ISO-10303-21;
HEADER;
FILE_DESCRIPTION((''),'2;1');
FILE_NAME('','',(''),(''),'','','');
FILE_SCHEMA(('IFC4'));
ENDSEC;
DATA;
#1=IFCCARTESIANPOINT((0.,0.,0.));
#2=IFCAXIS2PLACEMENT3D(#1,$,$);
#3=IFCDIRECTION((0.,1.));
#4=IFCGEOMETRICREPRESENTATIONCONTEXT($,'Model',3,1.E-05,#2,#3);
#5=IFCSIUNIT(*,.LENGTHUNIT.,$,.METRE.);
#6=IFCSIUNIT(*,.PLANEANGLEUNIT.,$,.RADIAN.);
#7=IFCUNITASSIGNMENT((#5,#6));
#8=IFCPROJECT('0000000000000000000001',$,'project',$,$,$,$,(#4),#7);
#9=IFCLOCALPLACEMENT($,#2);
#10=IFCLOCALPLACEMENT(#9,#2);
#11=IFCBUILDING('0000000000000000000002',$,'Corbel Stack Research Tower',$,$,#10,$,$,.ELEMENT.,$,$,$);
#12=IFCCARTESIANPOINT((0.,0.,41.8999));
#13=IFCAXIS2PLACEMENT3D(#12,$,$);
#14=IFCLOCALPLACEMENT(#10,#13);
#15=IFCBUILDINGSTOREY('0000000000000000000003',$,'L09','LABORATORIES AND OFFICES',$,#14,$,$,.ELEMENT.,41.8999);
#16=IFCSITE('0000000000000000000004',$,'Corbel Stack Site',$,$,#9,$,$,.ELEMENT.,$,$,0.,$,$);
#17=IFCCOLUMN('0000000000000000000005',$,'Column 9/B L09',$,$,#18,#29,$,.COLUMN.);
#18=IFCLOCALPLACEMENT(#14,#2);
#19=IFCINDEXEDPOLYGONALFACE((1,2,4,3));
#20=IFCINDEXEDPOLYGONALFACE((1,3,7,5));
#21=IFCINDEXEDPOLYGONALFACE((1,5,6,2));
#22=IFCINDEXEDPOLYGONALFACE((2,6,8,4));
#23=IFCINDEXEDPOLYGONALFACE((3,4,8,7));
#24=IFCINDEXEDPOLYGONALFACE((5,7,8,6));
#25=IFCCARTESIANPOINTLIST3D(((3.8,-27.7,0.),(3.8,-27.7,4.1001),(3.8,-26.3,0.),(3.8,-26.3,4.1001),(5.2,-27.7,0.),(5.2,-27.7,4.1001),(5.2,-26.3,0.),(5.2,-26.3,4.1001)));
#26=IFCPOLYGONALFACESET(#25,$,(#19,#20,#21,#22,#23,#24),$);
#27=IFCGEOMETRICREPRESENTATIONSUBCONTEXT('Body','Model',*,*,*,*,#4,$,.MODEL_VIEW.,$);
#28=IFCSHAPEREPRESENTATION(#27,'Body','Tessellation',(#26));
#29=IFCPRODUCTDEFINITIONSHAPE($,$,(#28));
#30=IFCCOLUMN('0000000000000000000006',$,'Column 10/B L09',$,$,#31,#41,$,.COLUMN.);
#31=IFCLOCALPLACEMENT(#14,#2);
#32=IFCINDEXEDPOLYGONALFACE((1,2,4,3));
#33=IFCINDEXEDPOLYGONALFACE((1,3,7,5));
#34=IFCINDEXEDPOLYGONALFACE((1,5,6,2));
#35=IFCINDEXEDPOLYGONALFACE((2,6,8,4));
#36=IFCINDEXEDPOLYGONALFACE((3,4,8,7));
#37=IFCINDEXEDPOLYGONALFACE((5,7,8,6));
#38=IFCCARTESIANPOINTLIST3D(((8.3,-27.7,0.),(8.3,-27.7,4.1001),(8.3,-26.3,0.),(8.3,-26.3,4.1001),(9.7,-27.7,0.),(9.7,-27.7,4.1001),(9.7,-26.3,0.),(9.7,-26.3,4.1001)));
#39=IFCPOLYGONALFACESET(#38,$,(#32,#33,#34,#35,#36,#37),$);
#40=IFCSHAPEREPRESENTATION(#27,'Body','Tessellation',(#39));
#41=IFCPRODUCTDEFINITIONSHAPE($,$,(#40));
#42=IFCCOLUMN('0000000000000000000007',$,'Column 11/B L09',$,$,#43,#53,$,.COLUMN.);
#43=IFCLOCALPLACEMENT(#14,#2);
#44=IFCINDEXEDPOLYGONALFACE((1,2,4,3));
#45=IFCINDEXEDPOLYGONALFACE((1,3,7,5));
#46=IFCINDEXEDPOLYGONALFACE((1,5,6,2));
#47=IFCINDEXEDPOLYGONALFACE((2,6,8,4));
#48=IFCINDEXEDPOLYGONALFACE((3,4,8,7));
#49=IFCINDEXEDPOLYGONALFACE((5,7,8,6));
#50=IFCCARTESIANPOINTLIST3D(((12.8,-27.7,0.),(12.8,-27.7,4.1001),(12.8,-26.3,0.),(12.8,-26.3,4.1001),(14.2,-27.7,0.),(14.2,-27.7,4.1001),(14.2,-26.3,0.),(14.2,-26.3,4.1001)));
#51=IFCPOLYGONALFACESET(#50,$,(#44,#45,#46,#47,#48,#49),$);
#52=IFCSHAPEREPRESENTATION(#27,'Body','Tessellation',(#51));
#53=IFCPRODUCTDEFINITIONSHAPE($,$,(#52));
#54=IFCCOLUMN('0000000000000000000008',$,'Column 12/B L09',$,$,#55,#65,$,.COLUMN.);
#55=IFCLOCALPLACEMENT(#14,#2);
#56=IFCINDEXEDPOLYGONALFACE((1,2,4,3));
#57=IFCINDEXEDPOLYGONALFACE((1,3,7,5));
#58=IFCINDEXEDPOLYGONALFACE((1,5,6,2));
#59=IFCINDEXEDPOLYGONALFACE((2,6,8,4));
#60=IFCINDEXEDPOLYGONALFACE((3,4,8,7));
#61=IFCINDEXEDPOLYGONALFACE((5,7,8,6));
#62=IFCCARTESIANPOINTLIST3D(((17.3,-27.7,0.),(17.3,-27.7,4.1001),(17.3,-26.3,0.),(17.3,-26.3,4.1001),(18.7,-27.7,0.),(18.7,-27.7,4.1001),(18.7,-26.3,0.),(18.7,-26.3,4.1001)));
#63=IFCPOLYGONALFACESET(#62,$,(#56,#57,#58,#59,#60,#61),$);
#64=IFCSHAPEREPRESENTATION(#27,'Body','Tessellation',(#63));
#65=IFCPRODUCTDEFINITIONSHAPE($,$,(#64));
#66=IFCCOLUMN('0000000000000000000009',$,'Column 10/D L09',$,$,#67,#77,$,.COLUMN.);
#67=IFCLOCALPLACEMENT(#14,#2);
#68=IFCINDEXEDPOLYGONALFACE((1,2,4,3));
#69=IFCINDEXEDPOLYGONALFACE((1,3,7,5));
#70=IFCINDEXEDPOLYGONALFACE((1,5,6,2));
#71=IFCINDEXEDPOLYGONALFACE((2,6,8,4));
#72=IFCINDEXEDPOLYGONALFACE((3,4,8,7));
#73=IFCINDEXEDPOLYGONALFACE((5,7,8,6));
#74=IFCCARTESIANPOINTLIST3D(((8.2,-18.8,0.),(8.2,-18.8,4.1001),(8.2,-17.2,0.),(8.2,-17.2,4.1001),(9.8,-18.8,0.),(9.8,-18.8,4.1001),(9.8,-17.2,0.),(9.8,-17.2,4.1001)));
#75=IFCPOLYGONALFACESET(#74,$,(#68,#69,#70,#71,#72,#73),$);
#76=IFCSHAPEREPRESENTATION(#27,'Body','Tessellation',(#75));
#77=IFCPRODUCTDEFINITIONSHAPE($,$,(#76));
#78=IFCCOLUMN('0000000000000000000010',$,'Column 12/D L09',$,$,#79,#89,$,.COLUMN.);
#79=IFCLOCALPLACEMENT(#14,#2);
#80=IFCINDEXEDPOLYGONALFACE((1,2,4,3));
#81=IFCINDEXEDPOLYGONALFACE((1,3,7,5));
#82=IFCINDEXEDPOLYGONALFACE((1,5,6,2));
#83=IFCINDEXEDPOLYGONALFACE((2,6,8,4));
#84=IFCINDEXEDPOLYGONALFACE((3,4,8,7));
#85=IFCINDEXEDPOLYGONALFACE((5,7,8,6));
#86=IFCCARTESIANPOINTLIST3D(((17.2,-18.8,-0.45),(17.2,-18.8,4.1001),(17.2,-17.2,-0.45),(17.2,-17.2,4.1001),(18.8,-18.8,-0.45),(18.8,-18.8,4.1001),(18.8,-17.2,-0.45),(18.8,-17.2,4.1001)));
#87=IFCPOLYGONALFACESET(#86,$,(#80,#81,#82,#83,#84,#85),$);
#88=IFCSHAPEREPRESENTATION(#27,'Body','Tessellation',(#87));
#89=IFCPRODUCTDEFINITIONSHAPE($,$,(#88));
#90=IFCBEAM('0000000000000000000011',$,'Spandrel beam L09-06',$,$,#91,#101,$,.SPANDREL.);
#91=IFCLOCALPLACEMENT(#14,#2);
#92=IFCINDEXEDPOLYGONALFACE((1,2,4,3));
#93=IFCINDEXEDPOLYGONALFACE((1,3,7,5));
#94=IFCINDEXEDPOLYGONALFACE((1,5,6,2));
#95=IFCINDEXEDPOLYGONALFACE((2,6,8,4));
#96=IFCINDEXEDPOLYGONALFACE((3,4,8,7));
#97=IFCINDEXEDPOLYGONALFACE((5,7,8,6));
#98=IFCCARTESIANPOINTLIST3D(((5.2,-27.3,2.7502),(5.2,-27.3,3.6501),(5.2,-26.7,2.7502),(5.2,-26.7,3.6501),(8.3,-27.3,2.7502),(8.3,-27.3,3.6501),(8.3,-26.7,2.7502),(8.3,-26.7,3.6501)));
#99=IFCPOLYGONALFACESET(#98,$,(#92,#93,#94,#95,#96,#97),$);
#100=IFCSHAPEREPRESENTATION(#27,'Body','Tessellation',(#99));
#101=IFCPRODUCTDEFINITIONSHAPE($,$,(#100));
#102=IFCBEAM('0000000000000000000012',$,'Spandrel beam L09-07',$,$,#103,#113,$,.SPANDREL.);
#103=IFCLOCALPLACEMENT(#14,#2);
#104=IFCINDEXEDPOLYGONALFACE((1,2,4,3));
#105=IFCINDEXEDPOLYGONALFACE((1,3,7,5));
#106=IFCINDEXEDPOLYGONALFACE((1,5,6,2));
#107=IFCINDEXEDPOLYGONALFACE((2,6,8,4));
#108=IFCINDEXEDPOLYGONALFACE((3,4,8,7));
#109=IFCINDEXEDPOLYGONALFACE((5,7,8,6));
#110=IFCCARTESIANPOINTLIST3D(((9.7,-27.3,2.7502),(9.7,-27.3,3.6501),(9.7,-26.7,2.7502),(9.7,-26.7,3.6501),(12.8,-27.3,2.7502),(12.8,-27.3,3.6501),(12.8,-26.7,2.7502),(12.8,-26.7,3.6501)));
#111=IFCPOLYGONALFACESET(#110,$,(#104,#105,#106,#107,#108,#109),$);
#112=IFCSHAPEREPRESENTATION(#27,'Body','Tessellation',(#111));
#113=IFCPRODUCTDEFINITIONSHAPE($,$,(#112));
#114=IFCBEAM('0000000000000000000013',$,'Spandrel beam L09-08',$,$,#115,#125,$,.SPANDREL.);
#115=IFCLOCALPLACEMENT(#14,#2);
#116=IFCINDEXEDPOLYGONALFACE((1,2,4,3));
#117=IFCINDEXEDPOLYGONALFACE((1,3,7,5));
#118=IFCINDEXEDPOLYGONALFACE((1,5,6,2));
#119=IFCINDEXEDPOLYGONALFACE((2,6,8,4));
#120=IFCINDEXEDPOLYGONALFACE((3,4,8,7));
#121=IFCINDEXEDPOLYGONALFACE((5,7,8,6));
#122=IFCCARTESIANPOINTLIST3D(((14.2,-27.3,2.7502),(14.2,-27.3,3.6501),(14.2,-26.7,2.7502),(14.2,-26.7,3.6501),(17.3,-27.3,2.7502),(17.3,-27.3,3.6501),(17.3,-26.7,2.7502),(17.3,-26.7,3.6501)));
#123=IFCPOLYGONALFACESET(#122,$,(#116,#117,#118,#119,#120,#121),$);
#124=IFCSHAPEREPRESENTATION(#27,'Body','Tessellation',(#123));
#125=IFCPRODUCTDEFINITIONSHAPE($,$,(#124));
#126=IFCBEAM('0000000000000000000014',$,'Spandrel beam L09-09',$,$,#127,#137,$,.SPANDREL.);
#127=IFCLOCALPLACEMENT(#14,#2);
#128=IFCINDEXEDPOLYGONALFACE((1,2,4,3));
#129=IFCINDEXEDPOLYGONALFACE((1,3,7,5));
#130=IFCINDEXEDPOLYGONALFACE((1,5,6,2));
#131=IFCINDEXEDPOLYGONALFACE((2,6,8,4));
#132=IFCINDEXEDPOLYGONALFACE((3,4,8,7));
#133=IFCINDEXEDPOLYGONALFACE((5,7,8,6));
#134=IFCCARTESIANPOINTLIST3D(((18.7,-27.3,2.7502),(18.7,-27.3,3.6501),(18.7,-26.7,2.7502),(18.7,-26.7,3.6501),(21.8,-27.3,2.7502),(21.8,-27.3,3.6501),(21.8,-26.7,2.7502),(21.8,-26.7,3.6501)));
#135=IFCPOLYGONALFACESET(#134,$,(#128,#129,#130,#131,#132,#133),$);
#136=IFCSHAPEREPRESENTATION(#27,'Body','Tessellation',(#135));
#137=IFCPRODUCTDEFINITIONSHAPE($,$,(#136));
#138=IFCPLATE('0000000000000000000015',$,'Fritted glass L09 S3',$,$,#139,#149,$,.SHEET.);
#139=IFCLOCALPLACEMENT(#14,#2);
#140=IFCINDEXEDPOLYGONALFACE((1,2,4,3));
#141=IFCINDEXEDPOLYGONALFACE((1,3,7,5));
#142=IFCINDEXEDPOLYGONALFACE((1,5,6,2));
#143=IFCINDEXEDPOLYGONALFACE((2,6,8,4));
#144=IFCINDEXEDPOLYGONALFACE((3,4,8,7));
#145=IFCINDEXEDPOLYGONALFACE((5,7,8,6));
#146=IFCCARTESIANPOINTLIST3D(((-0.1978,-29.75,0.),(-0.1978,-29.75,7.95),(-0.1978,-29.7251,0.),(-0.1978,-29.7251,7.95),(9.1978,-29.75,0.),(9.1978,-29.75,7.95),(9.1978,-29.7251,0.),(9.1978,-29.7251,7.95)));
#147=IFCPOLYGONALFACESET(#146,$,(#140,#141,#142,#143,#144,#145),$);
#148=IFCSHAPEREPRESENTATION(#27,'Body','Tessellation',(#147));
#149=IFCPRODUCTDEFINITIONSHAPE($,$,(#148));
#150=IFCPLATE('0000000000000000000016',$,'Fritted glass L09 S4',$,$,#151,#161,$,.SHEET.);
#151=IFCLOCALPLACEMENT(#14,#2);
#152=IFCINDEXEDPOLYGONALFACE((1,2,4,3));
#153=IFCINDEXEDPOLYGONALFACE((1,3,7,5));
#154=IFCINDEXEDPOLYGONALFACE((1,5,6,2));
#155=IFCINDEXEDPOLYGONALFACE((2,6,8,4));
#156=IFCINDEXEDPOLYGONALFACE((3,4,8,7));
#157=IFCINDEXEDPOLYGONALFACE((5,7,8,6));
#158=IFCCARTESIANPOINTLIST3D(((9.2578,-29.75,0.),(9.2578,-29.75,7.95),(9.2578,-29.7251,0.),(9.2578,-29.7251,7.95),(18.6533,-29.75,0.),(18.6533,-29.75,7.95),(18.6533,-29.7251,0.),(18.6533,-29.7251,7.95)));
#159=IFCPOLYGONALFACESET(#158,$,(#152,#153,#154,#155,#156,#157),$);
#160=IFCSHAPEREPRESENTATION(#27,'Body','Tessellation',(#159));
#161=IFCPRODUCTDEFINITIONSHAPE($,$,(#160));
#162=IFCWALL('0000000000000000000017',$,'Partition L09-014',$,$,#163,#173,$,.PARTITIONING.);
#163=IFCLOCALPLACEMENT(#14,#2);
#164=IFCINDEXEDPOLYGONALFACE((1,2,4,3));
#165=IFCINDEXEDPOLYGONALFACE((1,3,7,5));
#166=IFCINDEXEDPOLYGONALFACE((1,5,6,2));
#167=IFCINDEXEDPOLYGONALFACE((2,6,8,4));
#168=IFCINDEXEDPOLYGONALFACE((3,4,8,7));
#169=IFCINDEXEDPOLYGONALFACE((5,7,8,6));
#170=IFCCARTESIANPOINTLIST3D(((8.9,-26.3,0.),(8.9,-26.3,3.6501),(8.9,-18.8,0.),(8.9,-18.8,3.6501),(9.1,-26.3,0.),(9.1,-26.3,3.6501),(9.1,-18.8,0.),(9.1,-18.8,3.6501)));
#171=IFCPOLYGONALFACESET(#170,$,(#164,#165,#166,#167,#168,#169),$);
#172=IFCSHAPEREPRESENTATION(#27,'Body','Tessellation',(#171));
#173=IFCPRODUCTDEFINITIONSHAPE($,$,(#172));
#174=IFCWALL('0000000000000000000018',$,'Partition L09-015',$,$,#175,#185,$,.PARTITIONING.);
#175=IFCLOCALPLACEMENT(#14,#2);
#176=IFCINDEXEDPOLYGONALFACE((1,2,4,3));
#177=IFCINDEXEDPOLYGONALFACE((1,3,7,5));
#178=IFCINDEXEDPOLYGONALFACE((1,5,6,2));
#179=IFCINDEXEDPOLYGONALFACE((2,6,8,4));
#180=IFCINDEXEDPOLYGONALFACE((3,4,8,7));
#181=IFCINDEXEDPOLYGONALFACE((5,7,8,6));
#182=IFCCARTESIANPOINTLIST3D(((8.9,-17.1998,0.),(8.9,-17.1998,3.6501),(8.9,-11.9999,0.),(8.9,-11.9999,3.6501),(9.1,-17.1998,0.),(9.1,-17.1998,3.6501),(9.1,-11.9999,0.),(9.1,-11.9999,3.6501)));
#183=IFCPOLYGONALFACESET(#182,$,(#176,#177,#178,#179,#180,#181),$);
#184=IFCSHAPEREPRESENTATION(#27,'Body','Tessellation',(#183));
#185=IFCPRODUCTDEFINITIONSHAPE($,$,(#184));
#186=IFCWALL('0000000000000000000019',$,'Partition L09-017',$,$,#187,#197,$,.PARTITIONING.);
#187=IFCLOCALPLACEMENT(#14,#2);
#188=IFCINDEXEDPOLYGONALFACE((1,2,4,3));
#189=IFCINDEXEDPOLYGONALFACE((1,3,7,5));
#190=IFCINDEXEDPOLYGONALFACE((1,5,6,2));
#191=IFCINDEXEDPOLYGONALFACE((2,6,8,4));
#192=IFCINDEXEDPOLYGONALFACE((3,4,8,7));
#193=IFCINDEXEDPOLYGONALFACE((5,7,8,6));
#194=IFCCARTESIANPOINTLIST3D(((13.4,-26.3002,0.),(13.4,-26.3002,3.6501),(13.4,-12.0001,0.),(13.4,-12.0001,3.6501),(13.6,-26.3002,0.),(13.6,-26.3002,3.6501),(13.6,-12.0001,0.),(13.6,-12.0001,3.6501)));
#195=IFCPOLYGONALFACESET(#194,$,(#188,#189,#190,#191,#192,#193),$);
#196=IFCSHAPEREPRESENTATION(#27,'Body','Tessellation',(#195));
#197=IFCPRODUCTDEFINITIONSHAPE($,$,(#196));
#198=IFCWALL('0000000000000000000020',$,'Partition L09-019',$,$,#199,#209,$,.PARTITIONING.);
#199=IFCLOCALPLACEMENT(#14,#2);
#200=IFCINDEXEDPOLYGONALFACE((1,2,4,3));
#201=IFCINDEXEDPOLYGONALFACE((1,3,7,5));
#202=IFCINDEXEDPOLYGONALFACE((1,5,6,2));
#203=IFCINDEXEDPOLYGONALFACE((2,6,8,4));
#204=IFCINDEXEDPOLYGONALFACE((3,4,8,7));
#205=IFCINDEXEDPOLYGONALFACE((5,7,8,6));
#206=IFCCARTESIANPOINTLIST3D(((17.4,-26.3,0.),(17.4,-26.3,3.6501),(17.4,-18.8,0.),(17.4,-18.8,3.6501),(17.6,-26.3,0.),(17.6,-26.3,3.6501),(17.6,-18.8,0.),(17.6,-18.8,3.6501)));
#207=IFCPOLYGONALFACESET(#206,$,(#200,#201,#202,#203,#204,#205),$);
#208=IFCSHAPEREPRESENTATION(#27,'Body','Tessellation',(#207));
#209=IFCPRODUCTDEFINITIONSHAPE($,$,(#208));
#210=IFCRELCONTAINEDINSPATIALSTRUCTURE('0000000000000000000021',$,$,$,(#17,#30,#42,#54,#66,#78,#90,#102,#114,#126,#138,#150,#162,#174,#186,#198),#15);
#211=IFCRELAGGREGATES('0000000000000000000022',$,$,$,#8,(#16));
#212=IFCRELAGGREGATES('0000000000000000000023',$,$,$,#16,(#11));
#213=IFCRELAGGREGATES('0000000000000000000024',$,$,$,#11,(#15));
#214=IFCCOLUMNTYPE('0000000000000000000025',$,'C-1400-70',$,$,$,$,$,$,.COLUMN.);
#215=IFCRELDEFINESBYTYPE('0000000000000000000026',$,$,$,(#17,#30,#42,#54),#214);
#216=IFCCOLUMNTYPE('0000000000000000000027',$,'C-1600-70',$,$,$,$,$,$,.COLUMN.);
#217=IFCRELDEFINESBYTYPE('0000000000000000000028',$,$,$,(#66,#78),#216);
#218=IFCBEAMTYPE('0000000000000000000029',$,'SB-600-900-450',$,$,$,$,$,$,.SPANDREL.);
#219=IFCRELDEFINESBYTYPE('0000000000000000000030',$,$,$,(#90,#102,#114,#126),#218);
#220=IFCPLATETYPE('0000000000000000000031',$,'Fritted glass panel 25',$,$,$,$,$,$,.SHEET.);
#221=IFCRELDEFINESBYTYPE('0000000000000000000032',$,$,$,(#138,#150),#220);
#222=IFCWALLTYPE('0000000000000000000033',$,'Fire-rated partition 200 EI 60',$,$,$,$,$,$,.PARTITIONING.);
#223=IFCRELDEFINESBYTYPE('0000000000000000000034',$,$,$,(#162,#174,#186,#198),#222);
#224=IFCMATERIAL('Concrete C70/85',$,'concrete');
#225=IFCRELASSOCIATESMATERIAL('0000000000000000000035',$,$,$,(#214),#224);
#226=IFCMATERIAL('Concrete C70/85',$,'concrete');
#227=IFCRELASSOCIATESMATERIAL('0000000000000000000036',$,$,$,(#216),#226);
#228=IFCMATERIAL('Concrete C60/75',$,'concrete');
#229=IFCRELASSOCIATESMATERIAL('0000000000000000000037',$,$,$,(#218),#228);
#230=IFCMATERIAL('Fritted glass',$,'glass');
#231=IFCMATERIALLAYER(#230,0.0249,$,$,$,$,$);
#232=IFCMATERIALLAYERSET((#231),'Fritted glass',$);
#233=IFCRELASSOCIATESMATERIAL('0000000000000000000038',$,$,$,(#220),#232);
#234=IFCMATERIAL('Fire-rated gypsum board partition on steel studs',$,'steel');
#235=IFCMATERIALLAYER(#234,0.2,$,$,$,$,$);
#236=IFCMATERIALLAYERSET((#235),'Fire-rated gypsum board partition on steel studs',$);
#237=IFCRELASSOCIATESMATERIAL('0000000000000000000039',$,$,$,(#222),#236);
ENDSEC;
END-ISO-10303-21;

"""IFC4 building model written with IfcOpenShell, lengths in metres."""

from ifc_helpers import new_model, si_unit, direction, frame, frame_2d, origin, origin_2d, place, context, subcontext, project, spatial, rectangle, extrude, material, layer, layer_set, material_profile, profile_set, type_object, element, save


model = new_model("IFC4")

# Units and contexts
model_context = context("Model", 3, precision=1e-05, world=origin(), true_north=direction((0.0, 1.0)))
body_context = subcontext(model_context, "Body", "Model", "MODEL_VIEW")
ifc_project = project(units=[si_unit("LENGTHUNIT", "METRE"), si_unit("PLANEANGLEUNIT", "RADIAN")], contexts=[model_context])

# Site, building, storey
site_placement = place(None, origin())
site = spatial("IfcSite", under=ifc_project, at=site_placement, Name="Corbel Stack Site", CompositionType="ELEMENT", RefElevation=0.0)
building_placement = place(site_placement, origin())
building = spatial("IfcBuilding", under=site, at=building_placement, Name="Corbel Stack Research Tower", CompositionType="ELEMENT")
storey_placement = place(building_placement, frame((0.0, 0.0, 41.8999)))
storey = spatial("IfcBuildingStorey", under=building, at=storey_placement, Name="L09", Description="LABORATORIES AND OFFICES", CompositionType="ELEMENT", Elevation=41.8999)

# Columns
ifc_material_1 = material(Name="Concrete C70/85", Category="concrete")
ifc_material_profile_1 = material_profile(ifc_material_1, rectangle(XDim=1.3999, YDim=1.3999, at=origin_2d()), Name="RC 1400 x 1400")
ifc_profile_set_1 = profile_set([ifc_material_profile_1], Name="Concrete C70/85")
column_type_1 = type_object("IfcColumnType", Name="C-1400-70", PredefinedType="COLUMN", material=ifc_profile_set_1)
for number, where, z_axis, x_axis, name in (
    (1, (4.5, -27.0, 0.0), (0.0, 0.0, 1.0), (1.0, 0.0, 0.0), "Column 9/B L09"),
    (2, (9.0, -27.0, 0.0), (0.0, 0.0, 1.0), (1.0, 0.0, 0.0), "Column 10/B L09"),
    (3, (13.5, -27.0, 0.0), (0.0, 0.0, 1.0), (1.0, 0.0, 0.0), "Column 11/B L09"),
    (4, (18.0, -27.0, 0.0), (0.0, 0.0, 1.0), (1.0, 0.0, 0.0), "Column 12/B L09"),
):
    element("IfcColumn", number, at=place(storey_placement, frame(where, z_axis=z_axis, x_axis=x_axis)), inside=storey, type_object=column_type_1, Name=name, PredefinedType="COLUMN", context=body_context, shape_type="SweptSolid", body=[
        extrude(rectangle(XDim=1.3999, YDim=1.3999, at=origin_2d()), origin(), (0.0, 0.0, 1.0), 4.1001),
    ])
ifc_material_2 = material(Name="Concrete C70/85", Category="concrete")
ifc_material_profile_2 = material_profile(ifc_material_2, rectangle(XDim=1.6001, YDim=1.6001, at=origin_2d()), Name="RC 1600 x 1600")
ifc_profile_set_2 = profile_set([ifc_material_profile_2], Name="Concrete C70/85")
column_type_2 = type_object("IfcColumnType", Name="C-1600-70", PredefinedType="COLUMN", material=ifc_profile_set_2)
column_1_placement = place(storey_placement, frame((9.0, -18.0, 0.0), z_axis=(0.0, 0.0, 1.0), x_axis=(1.0, 0.0, 0.0)))
element("IfcColumn", 5, at=column_1_placement, inside=storey, type_object=column_type_2, Name="Column 10/D L09", PredefinedType="COLUMN", context=body_context, shape_type="SweptSolid", body=[
    extrude(rectangle(XDim=1.6001, YDim=1.6001, at=origin_2d()), origin(), (0.0, 0.0, 1.0), 4.1001),
])
column_2_placement = place(storey_placement, frame((18.0, -18.0, -0.45), z_axis=(0.0, 0.0, 1.0), x_axis=(1.0, 0.0, 0.0)))
element("IfcColumn", 6, at=column_2_placement, inside=storey, type_object=column_type_2, Name="Column 12/D L09", PredefinedType="COLUMN", context=body_context, shape_type="SweptSolid", body=[
    extrude(rectangle(XDim=1.6001, YDim=1.6001, at=origin_2d()), origin(), (0.0, 0.0, 1.0), 4.55),
])

# Beams
ifc_material_3 = material(Name="Concrete C60/75", Category="concrete")
ifc_material_profile_3 = material_profile(ifc_material_3, rectangle(XDim=0.6001, YDim=0.8999, at=origin_2d()), Name="RC 600 x 900")
ifc_profile_set_3 = profile_set([ifc_material_profile_3], Name="Concrete C60/75")
beam_type = type_object("IfcBeamType", Name="SB-600-900-450", PredefinedType="SPANDREL", material=ifc_profile_set_3)
for number, where, z_axis, x_axis, name in (
    (7, (5.2, -27.0, 3.2002), (1.0, 0.0, 0.0), (0.0, 1.0, 0.0), "Spandrel beam L09-06"),
    (8, (9.7, -27.0, 3.2002), (1.0, 0.0, 0.0), (0.0, 1.0, 0.0), "Spandrel beam L09-07"),
    (9, (14.2, -27.0, 3.2002), (1.0, 0.0, 0.0), (0.0, 1.0, 0.0), "Spandrel beam L09-08"),
    (10, (18.7, -27.0, 3.2002), (1.0, 0.0, 0.0), (0.0, 1.0, 0.0), "Spandrel beam L09-09"),
):
    element("IfcBeam", number, at=place(storey_placement, frame(where, z_axis=z_axis, x_axis=x_axis)), inside=storey, type_object=beam_type, Name=name, PredefinedType="SPANDREL", context=body_context, shape_type="SweptSolid", body=[
        extrude(rectangle(XDim=0.6001, YDim=0.8999, at=origin_2d()), origin(), (0.0, 0.0, 1.0), 3.1001),
    ])

# Plates
ifc_material_4 = material(Name="Fritted glass", Category="glass")
ifc_layer_1 = layer(ifc_material_4, 0.0249)
ifc_layer_set_1 = layer_set([ifc_layer_1], Name="Fritted glass")
plate_type = type_object("IfcPlateType", Name="Fritted glass panel 25", PredefinedType="SHEET", material=ifc_layer_set_1)
for number, where, z_axis, x_axis, name in (
    (11, (4.5, -29.7375, 0.0), (0.0, 0.0, 1.0), (1.0, 0.0, 0.0), "Fritted glass L09 S3"),
    (12, (13.9556, -29.7375, 0.0), (0.0, 0.0, 1.0), (1.0, 0.0, 0.0), "Fritted glass L09 S4"),
):
    element("IfcPlate", number, at=place(storey_placement, frame(where, z_axis=z_axis, x_axis=x_axis)), inside=storey, type_object=plate_type, Name=name, PredefinedType="SHEET", context=body_context, shape_type="SweptSolid", body=[
        extrude(rectangle(XDim=9.3955, YDim=0.0249, at=origin_2d()), origin(), (0.0, 0.0, 1.0), 7.95),
    ])

# Walls
ifc_material_5 = material(Name="Fire-rated gypsum board partition on steel studs", Category="steel")
ifc_layer_2 = layer(ifc_material_5, 0.2)
ifc_layer_set_2 = layer_set([ifc_layer_2], Name="Fire-rated gypsum board partition on steel studs")
wall_type_1 = type_object("IfcWallType", Name="Fire-rated partition 200 EI 60", PredefinedType="PARTITIONING", material=ifc_layer_set_2)
wall_1_placement = place(storey_placement, frame((9.0, -26.3, 0.0), z_axis=(0.0, 0.0, 1.0), x_axis=(0.0, 1.0, 0.0)))
element("IfcWall", 13, at=wall_1_placement, inside=storey, type_object=wall_type_1, Name="Partition L09-014", PredefinedType="PARTITIONING", context=body_context, shape_type="SweptSolid", body=[
    extrude(rectangle(XDim=7.5, YDim=0.2, at=frame_2d((3.75, 0.0))), origin(), (0.0, 0.0, 1.0), 3.6501),
])
wall_2_placement = place(storey_placement, frame((9.0, -17.2, 0.0), z_axis=(0.0, 0.0, 1.0), x_axis=(0.0, 1.0, 0.0)))
element("IfcWall", 14, at=wall_2_placement, inside=storey, type_object=wall_type_1, Name="Partition L09-015", PredefinedType="PARTITIONING", context=body_context, shape_type="SweptSolid", body=[
    extrude(rectangle(XDim=5.2, YDim=0.2, at=frame_2d((2.6001, 0.0))), origin(), (0.0, 0.0, 1.0), 3.6501),
])
wall_3_placement = place(storey_placement, frame((13.5, -26.3, 0.0), z_axis=(0.0, 0.0, 1.0), x_axis=(0.0, 1.0, 0.0)))
element("IfcWall", 15, at=wall_3_placement, inside=storey, type_object=wall_type_1, Name="Partition L09-017", PredefinedType="PARTITIONING", context=body_context, shape_type="SweptSolid", body=[
    extrude(rectangle(XDim=14.3, YDim=0.2, at=frame_2d((7.1499, 0.0))), origin(), (0.0, 0.0, 1.0), 3.6501),
])
wall_4_placement = place(storey_placement, frame((17.5, -26.3, 0.0), z_axis=(0.0, 0.0, 1.0), x_axis=(0.0, 1.0, 0.0)))
element("IfcWall", 16, at=wall_4_placement, inside=storey, type_object=wall_type_1, Name="Partition L09-019", PredefinedType="PARTITIONING", context=body_context, shape_type="SweptSolid", body=[
    extrude(rectangle(XDim=7.5, YDim=0.2, at=frame_2d((3.75, 0.0))), origin(), (0.0, 0.0, 1.0), 3.6501),
])

save(model, "model.ifc")
